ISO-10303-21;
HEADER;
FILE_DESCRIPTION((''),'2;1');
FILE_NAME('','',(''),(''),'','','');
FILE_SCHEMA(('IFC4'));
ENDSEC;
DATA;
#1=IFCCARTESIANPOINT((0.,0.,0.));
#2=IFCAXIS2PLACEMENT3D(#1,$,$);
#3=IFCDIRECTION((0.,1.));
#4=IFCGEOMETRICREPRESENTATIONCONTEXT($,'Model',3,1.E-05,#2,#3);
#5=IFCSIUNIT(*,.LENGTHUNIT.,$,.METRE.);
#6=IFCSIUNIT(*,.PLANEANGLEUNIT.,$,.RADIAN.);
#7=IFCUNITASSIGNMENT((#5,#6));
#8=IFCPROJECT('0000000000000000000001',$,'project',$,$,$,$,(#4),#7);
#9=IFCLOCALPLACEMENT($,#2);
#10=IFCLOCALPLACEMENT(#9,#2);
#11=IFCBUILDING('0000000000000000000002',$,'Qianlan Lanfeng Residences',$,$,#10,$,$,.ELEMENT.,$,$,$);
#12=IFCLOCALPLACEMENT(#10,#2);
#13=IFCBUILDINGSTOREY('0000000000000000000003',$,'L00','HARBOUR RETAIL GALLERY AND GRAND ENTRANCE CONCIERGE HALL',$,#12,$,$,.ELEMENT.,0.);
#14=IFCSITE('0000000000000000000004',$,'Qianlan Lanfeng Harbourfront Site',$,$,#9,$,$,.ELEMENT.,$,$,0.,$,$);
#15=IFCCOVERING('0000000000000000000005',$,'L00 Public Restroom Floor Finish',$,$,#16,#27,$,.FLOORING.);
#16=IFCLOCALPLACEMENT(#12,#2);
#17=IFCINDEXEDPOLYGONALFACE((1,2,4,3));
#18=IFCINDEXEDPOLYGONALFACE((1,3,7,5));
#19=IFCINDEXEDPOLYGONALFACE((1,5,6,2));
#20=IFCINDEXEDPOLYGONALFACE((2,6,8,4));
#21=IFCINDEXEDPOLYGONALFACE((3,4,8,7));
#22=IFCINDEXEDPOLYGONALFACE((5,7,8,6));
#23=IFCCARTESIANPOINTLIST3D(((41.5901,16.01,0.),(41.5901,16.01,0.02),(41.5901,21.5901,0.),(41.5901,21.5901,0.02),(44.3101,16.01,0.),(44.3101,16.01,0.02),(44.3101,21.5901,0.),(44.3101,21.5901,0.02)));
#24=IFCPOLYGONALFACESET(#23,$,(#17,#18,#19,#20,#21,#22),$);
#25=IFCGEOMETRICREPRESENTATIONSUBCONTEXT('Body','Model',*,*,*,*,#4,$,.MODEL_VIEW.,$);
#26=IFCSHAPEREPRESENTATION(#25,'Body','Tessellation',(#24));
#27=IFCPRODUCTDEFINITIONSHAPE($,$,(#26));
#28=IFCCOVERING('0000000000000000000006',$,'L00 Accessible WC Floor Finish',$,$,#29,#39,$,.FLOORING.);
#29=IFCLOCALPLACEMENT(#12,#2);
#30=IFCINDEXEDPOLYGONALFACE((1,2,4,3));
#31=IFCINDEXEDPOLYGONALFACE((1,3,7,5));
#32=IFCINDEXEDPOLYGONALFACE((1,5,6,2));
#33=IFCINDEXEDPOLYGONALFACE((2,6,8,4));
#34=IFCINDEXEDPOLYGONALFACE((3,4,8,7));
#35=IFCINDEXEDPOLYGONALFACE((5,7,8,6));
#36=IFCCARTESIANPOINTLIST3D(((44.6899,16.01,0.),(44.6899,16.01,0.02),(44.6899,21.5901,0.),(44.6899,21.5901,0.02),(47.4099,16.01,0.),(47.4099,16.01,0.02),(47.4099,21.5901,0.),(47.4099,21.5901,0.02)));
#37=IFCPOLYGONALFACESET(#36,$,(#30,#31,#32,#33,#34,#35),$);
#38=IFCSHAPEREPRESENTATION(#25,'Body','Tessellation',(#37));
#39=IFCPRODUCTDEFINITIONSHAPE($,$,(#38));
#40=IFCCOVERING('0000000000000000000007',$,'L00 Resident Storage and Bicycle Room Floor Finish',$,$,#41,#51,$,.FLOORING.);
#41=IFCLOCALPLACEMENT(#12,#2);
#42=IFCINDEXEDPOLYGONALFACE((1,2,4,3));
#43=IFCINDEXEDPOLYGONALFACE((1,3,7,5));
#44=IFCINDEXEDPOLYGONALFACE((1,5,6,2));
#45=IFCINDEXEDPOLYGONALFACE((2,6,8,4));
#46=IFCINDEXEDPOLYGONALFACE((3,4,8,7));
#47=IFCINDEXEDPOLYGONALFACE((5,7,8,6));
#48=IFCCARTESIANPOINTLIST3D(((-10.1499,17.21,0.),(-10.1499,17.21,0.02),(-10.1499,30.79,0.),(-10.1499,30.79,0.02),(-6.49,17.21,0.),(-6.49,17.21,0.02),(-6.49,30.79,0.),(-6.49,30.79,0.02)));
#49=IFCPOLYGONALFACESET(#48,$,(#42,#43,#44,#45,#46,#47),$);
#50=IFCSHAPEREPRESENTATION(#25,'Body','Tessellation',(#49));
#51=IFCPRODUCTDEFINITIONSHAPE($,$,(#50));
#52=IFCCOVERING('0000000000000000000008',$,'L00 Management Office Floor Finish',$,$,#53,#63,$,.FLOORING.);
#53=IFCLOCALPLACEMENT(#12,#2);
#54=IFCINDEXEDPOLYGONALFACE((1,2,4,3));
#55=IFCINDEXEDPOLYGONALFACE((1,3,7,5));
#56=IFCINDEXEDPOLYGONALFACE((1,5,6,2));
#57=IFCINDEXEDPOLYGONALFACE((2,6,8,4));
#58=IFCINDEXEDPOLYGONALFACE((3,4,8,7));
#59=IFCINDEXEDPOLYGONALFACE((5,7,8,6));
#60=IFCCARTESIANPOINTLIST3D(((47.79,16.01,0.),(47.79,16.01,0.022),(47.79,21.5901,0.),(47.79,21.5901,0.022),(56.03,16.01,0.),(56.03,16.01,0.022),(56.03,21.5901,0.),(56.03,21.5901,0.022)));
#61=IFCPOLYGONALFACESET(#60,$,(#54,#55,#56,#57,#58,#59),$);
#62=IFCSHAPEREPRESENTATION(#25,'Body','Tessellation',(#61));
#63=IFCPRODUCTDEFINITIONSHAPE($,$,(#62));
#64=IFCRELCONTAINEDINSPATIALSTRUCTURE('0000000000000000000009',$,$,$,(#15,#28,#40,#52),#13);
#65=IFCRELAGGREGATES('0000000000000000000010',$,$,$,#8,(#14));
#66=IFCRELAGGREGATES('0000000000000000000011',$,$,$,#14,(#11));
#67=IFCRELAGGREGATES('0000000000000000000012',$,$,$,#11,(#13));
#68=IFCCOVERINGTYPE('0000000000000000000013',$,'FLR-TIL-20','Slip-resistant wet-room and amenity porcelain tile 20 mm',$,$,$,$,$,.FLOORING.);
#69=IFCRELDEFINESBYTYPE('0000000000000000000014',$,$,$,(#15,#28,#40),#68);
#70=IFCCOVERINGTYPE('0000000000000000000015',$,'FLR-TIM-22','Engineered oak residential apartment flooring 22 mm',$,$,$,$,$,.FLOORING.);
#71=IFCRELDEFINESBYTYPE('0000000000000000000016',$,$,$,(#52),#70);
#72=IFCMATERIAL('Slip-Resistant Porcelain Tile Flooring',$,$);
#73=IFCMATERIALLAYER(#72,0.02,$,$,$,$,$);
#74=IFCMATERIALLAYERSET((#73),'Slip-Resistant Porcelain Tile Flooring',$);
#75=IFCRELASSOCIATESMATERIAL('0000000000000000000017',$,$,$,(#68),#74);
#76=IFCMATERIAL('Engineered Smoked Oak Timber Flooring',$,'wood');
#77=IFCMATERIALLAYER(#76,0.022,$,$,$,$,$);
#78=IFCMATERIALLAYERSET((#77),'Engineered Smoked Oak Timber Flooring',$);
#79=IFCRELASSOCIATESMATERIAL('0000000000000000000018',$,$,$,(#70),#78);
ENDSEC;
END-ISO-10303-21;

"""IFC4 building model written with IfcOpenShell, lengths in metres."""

from ifc_helpers import new_model, si_unit, direction, origin, place, context, subcontext, project, spatial, polyline, outline, extrude, material, layer, layer_set, type_object, element, save


model = new_model("IFC4")

# Units and contexts
model_context = context("Model", 3, precision=1e-05, world=origin(), true_north=direction((0.0, 1.0)))
body_context = subcontext(model_context, "Body", "Model", "MODEL_VIEW")
ifc_project = project(units=[si_unit("LENGTHUNIT", "METRE"), si_unit("PLANEANGLEUNIT", "RADIAN")], contexts=[model_context])

# Site, building, storey
site_placement = place(None, origin())
site = spatial("IfcSite", under=ifc_project, at=site_placement, Name="Qianlan Lanfeng Harbourfront Site", CompositionType="ELEMENT", RefElevation=0.0)
building_placement = place(site_placement, origin())
building = spatial("IfcBuilding", under=site, at=building_placement, Name="Qianlan Lanfeng Residences", CompositionType="ELEMENT")
storey_placement = place(building_placement, origin())
storey = spatial("IfcBuildingStorey", under=building, at=storey_placement, Name="L00", Description="HARBOUR RETAIL GALLERY AND GRAND ENTRANCE CONCIERGE HALL", CompositionType="ELEMENT", Elevation=0.0)

# Coverings
ifc_material_1 = material(Name="Slip-Resistant Porcelain Tile Flooring")
ifc_layer_1 = layer(ifc_material_1, 0.02)
ifc_layer_set_1 = layer_set([ifc_layer_1], Name="Slip-Resistant Porcelain Tile Flooring")
covering_type_1 = type_object("IfcCoveringType", Name="FLR-TIL-20", Description="Slip-resistant wet-room and amenity porcelain tile 20 mm", PredefinedType="FLOORING", material=ifc_layer_set_1)
covering_1_placement = place(storey_placement, origin())
element("IfcCovering", 1, at=covering_1_placement, inside=storey, type_object=covering_type_1, Name="L00 Public Restroom Floor Finish", PredefinedType="FLOORING", context=body_context, shape_type="SweptSolid", body=[
    extrude(outline(polyline([(41.5901, 16.01), (44.3101, 16.01), (44.3101, 21.5901), (41.5901, 21.5901), (41.5901, 16.01)])), origin(), (0.0, 0.0, 1.0), 0.02),
])
covering_2_placement = place(storey_placement, origin())
element("IfcCovering", 2, at=covering_2_placement, inside=storey, type_object=covering_type_1, Name="L00 Accessible WC Floor Finish", PredefinedType="FLOORING", context=body_context, shape_type="SweptSolid", body=[
    extrude(outline(polyline([(44.6899, 16.01), (47.4099, 16.01), (47.4099, 21.5901), (44.6899, 21.5901), (44.6899, 16.01)])), origin(), (0.0, 0.0, 1.0), 0.02),
])
covering_3_placement = place(storey_placement, origin())
element("IfcCovering", 3, at=covering_3_placement, inside=storey, type_object=covering_type_1, Name="L00 Resident Storage and Bicycle Room Floor Finish", PredefinedType="FLOORING", context=body_context, shape_type="SweptSolid", body=[
    extrude(outline(polyline([(-10.1499, 17.21), (-6.49, 17.21), (-6.49, 30.79), (-10.1499, 30.79), (-10.1499, 17.21)])), origin(), (0.0, 0.0, 1.0), 0.02),
])
ifc_material_2 = material(Name="Engineered Smoked Oak Timber Flooring", Category="wood")
ifc_layer_2 = layer(ifc_material_2, 0.022)
ifc_layer_set_2 = layer_set([ifc_layer_2], Name="Engineered Smoked Oak Timber Flooring")
covering_type_2 = type_object("IfcCoveringType", Name="FLR-TIM-22", Description="Engineered oak residential apartment flooring 22 mm", PredefinedType="FLOORING", material=ifc_layer_set_2)
covering_4_placement = place(storey_placement, origin())
element("IfcCovering", 4, at=covering_4_placement, inside=storey, type_object=covering_type_2, Name="L00 Management Office Floor Finish", PredefinedType="FLOORING", context=body_context, shape_type="SweptSolid", body=[
    extrude(outline(polyline([(47.79, 16.01), (56.03, 16.01), (56.03, 21.5901), (47.79, 21.5901), (47.79, 16.01)])), origin(), (0.0, 0.0, 1.0), 0.022),
])

save(model, "model.ifc")
